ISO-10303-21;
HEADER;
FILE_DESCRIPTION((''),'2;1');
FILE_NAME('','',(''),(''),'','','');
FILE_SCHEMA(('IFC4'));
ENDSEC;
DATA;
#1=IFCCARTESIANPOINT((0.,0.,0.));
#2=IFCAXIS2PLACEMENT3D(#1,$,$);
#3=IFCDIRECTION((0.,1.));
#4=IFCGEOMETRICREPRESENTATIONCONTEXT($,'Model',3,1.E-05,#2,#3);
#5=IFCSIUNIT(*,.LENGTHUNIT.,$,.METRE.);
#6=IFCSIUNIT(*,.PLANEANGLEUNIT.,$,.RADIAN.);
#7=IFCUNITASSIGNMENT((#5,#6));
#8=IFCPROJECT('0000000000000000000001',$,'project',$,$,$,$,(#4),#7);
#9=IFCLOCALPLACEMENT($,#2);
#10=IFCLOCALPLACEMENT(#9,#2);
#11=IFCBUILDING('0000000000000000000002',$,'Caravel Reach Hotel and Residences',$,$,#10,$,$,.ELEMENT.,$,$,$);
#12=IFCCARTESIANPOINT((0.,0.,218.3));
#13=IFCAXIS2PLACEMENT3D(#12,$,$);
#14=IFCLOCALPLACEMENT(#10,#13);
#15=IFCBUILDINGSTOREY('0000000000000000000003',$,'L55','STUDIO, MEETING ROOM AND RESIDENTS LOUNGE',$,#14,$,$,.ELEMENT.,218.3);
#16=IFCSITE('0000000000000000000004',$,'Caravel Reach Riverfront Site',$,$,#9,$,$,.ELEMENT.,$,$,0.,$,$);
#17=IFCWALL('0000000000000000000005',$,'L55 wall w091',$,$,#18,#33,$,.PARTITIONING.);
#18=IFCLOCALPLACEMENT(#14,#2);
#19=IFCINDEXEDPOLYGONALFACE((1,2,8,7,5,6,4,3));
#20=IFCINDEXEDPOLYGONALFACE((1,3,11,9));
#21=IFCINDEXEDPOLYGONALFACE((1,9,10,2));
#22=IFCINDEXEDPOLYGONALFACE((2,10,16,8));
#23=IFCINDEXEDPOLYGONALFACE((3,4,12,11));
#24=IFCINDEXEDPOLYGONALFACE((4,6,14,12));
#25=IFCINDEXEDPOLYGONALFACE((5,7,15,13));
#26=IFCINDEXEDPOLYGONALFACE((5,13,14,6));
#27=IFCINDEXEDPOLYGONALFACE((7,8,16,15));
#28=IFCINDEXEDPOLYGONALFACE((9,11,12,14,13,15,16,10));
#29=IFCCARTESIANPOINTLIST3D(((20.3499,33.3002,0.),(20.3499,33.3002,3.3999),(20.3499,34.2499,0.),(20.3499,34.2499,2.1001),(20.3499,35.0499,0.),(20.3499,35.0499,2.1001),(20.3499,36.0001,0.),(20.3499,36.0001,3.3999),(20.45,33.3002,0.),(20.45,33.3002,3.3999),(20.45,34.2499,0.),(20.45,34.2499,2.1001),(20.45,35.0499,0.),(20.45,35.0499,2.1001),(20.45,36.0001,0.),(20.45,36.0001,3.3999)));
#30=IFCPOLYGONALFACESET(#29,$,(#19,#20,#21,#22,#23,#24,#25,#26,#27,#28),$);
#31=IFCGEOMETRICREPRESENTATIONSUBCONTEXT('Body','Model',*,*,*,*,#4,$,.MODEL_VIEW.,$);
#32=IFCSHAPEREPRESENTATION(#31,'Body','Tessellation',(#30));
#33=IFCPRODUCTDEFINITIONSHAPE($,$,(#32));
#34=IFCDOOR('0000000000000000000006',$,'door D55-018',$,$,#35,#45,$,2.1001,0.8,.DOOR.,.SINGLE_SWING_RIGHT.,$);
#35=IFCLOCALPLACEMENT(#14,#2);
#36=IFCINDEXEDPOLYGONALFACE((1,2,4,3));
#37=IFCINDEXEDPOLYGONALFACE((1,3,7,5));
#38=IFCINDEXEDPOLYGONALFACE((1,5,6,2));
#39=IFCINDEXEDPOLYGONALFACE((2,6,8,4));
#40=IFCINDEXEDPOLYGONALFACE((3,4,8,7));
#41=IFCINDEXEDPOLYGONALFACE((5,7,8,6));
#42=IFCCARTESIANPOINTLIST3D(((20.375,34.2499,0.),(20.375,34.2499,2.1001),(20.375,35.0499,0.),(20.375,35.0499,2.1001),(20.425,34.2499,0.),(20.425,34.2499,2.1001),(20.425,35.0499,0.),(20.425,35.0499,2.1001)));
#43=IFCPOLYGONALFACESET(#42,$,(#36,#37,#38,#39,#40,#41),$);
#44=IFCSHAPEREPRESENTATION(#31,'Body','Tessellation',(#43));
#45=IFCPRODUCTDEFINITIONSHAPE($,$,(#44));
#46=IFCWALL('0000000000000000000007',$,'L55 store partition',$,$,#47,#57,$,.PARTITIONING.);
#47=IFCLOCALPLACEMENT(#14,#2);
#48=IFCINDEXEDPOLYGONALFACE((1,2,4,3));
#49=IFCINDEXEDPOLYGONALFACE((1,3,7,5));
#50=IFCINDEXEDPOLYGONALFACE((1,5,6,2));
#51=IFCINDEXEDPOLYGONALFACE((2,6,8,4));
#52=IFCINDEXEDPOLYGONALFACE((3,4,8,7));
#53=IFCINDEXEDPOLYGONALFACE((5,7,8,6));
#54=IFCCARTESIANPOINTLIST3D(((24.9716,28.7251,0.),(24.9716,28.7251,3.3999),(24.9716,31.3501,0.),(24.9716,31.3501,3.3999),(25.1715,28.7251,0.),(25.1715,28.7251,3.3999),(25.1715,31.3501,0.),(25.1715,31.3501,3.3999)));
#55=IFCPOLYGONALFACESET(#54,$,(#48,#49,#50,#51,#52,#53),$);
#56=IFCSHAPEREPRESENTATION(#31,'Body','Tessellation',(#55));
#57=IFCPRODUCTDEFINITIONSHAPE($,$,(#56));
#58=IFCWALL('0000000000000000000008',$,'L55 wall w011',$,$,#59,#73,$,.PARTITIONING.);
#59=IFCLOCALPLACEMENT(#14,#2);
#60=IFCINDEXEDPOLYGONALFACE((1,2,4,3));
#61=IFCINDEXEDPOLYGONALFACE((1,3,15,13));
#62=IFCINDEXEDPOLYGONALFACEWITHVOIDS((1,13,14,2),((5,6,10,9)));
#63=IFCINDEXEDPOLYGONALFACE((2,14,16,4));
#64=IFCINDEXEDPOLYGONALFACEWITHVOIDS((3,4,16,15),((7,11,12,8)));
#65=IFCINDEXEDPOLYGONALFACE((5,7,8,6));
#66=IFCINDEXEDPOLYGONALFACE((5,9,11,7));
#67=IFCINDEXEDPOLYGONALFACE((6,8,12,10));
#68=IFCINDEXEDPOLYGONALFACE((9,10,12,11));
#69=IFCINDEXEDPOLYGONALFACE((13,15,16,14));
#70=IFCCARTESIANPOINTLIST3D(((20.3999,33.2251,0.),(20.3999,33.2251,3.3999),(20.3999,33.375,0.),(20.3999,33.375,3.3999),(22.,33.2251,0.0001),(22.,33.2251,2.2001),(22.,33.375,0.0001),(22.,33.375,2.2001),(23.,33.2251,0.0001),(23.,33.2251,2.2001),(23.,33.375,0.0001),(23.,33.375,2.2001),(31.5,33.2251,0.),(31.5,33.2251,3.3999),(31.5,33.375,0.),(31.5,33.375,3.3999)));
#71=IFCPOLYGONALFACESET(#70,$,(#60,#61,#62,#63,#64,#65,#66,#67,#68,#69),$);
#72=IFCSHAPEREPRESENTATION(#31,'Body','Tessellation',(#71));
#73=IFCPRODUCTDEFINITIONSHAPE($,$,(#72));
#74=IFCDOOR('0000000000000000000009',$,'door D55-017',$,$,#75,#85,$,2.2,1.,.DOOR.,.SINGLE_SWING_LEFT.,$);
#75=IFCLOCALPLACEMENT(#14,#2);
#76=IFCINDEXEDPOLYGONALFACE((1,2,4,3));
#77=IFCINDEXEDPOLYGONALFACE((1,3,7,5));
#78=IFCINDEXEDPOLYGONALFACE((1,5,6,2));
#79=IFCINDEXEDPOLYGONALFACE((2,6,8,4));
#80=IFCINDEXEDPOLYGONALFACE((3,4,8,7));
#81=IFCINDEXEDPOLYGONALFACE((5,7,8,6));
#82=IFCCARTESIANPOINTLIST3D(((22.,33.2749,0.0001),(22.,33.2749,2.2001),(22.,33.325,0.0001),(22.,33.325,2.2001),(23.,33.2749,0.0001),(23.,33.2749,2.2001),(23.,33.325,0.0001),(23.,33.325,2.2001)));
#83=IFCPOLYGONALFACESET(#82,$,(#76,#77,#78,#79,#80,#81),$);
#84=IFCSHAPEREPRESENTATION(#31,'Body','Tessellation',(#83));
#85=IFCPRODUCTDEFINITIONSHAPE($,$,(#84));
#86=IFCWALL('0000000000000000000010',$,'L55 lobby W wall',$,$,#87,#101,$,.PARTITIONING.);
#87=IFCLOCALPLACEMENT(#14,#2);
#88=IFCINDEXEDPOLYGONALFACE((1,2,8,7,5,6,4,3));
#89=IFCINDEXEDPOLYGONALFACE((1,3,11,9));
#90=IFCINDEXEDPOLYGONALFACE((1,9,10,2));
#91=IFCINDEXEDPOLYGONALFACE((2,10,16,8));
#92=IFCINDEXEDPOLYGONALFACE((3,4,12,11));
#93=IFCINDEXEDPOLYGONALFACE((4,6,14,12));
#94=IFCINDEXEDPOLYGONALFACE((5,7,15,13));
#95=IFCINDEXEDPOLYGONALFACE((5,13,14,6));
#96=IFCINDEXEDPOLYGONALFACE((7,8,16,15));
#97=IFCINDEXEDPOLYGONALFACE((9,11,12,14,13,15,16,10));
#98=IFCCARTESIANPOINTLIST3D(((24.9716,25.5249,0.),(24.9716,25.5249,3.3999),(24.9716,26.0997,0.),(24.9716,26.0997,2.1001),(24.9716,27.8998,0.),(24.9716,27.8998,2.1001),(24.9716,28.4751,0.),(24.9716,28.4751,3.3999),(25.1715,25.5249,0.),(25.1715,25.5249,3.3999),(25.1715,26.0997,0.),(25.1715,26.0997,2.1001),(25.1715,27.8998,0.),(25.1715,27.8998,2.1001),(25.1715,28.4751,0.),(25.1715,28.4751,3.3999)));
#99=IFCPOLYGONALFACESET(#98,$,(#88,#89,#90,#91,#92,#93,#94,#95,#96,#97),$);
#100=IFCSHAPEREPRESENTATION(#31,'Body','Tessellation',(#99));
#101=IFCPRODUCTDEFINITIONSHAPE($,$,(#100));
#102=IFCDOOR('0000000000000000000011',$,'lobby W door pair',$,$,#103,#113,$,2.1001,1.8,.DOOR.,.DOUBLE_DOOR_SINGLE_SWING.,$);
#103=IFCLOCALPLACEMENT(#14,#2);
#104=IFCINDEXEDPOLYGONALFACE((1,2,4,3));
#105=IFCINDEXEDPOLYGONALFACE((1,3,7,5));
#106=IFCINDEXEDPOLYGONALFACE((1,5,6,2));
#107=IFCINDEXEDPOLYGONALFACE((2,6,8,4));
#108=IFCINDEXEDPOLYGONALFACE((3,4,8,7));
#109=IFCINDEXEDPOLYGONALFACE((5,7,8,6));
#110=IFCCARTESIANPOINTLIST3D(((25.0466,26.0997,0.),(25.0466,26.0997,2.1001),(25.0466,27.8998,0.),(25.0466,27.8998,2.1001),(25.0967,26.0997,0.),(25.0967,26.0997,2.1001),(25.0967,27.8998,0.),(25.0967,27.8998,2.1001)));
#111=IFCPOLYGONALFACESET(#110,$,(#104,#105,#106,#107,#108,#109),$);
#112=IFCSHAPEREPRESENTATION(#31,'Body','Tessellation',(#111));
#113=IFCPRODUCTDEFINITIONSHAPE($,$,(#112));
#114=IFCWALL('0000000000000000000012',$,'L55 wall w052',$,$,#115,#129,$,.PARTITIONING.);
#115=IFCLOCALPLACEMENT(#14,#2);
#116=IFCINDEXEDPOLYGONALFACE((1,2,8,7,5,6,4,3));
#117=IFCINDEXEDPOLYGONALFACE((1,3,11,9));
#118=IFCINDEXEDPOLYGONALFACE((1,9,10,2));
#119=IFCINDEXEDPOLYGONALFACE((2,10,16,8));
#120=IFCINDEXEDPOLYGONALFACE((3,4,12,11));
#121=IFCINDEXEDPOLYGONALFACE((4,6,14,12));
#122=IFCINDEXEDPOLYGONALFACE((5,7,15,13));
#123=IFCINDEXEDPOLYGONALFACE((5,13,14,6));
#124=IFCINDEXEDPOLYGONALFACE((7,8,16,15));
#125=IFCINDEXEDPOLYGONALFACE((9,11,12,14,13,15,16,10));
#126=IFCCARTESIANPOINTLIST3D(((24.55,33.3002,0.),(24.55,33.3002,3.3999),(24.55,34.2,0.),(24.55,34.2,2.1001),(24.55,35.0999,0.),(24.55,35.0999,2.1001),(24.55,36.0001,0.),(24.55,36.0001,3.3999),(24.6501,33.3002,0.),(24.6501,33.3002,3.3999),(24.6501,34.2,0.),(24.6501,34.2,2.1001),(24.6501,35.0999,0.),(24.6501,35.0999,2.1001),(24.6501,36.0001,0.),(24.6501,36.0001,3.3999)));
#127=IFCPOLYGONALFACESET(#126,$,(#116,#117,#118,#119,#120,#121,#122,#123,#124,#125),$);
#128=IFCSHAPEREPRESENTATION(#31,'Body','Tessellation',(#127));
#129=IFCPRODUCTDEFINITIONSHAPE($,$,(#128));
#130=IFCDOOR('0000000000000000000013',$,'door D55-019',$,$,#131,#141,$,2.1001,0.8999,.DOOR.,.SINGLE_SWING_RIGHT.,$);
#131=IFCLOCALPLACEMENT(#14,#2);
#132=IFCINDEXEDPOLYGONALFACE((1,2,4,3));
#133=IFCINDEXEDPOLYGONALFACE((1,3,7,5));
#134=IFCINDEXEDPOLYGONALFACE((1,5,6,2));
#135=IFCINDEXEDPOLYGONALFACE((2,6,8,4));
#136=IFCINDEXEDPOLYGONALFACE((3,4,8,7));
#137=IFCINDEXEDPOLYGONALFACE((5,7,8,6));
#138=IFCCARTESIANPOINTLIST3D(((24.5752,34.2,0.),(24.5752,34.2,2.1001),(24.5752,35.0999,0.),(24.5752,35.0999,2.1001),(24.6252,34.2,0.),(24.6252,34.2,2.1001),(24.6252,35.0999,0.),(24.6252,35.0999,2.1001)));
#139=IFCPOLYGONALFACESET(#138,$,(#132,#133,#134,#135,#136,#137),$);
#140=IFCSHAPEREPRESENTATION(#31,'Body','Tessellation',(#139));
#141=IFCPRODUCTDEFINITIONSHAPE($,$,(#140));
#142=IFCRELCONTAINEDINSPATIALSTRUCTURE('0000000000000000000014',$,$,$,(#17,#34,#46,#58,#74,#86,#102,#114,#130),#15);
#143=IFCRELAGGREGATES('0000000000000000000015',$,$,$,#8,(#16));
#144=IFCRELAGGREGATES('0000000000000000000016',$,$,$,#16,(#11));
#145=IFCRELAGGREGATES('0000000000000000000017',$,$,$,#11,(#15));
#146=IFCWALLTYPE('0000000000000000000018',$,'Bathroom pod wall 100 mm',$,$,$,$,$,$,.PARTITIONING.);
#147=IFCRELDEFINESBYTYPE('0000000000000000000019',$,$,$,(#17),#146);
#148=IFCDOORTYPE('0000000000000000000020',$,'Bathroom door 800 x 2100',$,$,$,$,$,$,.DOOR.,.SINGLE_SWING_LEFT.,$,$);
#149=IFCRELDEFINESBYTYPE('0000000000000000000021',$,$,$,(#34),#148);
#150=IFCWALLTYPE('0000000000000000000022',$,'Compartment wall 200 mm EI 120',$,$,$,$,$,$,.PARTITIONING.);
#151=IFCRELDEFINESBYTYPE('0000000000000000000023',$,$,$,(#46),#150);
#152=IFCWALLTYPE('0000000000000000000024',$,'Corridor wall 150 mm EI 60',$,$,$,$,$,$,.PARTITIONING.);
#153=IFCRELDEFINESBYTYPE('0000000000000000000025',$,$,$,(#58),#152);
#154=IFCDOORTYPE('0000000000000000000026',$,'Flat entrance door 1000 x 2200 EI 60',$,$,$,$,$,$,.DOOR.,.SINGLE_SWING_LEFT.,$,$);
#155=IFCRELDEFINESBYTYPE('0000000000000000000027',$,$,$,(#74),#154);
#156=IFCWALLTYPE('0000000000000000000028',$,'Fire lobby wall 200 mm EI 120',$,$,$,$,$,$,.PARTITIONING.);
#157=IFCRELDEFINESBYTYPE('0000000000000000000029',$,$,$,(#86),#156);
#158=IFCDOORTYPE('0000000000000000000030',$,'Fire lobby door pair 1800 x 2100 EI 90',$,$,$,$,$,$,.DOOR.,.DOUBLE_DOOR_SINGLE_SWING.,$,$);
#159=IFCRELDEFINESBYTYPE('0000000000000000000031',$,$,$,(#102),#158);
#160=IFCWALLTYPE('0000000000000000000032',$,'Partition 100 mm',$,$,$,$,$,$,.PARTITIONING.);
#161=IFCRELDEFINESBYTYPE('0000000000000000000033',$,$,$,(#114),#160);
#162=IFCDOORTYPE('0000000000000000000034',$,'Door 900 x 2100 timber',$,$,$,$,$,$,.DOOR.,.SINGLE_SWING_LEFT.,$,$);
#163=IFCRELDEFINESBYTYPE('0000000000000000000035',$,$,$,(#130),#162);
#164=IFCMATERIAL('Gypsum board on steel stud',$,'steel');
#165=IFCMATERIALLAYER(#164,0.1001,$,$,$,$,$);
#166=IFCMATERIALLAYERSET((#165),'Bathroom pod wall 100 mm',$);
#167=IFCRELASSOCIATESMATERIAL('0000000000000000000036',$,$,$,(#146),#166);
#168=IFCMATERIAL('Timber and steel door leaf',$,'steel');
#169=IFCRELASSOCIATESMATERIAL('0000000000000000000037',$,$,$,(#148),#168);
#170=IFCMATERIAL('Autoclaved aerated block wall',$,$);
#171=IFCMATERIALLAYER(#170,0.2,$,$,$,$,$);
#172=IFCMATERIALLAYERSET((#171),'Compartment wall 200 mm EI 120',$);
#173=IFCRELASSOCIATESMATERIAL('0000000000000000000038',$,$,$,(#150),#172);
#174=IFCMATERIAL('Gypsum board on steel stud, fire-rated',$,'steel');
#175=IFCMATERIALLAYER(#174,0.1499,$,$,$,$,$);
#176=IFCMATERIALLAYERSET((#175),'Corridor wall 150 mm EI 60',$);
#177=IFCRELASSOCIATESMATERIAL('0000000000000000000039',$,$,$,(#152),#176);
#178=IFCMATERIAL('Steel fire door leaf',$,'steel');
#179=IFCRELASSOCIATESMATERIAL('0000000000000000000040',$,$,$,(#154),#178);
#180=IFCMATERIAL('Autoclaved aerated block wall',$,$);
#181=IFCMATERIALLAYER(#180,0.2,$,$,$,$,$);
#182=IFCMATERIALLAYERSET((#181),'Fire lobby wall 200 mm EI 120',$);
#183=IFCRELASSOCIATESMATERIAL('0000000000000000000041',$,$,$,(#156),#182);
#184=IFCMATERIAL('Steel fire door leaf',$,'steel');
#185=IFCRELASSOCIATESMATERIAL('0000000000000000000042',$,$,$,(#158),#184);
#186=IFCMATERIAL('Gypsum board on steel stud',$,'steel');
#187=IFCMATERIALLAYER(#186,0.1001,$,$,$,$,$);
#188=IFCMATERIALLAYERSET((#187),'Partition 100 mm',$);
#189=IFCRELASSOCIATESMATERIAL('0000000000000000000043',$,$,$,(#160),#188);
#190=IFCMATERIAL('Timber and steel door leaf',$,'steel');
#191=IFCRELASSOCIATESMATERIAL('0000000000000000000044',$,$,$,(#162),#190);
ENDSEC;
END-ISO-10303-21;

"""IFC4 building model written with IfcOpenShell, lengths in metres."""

from ifc_helpers import new_model, si_unit, direction, frame, frame_2d, origin, place, context, subcontext, project, spatial, rectangle, extrude, material, layer, layer_set, type_object, element, fill, save


model = new_model("IFC4")

# Units and contexts
model_context = context("Model", 3, precision=1e-05, world=origin(), true_north=direction((0.0, 1.0)))
body_context = subcontext(model_context, "Body", "Model", "MODEL_VIEW")
ifc_project = project(units=[si_unit("LENGTHUNIT", "METRE"), si_unit("PLANEANGLEUNIT", "RADIAN")], contexts=[model_context])

# Site, building, storey
site_placement = place(None, origin())
site = spatial("IfcSite", under=ifc_project, at=site_placement, Name="Caravel Reach Riverfront Site", CompositionType="ELEMENT", RefElevation=0.0)
building_placement = place(site_placement, origin())
building = spatial("IfcBuilding", under=site, at=building_placement, Name="Caravel Reach Hotel and Residences", CompositionType="ELEMENT")
storey_placement = place(building_placement, frame((0.0, 0.0, 218.3)))
storey = spatial("IfcBuildingStorey", under=building, at=storey_placement, Name="L55", Description="STUDIO, MEETING ROOM AND RESIDENTS LOUNGE", CompositionType="ELEMENT", Elevation=218.3)

# Wall, opening, door
ifc_material_1 = material(Name="Gypsum board on steel stud", Category="steel")
ifc_layer_1 = layer(ifc_material_1, 0.1001)
ifc_layer_set_1 = layer_set([ifc_layer_1], Name="Bathroom pod wall 100 mm")
wall_type_1 = type_object("IfcWallType", Name="Bathroom pod wall 100 mm", PredefinedType="PARTITIONING", material=ifc_layer_set_1)
wall_1_placement = place(storey_placement, frame((20.3999, 33.3, 0.0), z_axis=(0.0, 0.0, 1.0), x_axis=(0.0, 1.0, 0.0)))
wall_1 = element("IfcWall", 1, at=wall_1_placement, inside=storey, type_object=wall_type_1, Name="L55 wall w091", PredefinedType="PARTITIONING", context=body_context, shape_type="SweptSolid", body=[
    extrude(rectangle(XDim=2.7, YDim=0.1001, at=frame_2d((1.3501, 0.0))), origin(), (0.0, 0.0, 1.0), 3.3999),
])
opening_1_placement = place(wall_1_placement, frame((0.95, 0.0, 0.0)))
opening_1 = element("IfcOpeningElement", 2, at=opening_1_placement, cuts=wall_1, PredefinedType="OPENING", context=body_context, shape_type="SweptSolid", body=[
    extrude(rectangle(XDim=0.8, YDim=2.1001, at=frame_2d((0.3999, 1.05))), frame((0.0, 0.0601, 0.0), z_axis=(0.0, -1.0, 0.0), x_axis=(1.0, 0.0, 0.0)), (0.0, 0.0, 1.0), 0.1201),
])
ifc_material_2 = material(Name="Timber and steel door leaf", Category="steel")
door_type_1 = type_object("IfcDoorType", Name="Bathroom door 800 x 2100", OperationType="SINGLE_SWING_LEFT", PredefinedType="DOOR", material=ifc_material_2)
door_1_placement = place(opening_1_placement, origin())
door_1 = element("IfcDoor", 3, at=door_1_placement, inside=storey, type_object=door_type_1, Name="door D55-018", OperationType="SINGLE_SWING_RIGHT", OverallHeight=2.1001, OverallWidth=0.8, PredefinedType="DOOR", context=body_context, shape_type="SweptSolid", body=[
    extrude(rectangle(XDim=0.8, YDim=2.1001, at=frame_2d((0.3999, 1.05))), frame((0.0, 0.0249, 0.0), z_axis=(0.0, -1.0, 0.0), x_axis=(1.0, 0.0, 0.0)), (0.0, 0.0, 1.0), 0.05),
])
fill(opening_1, door_1)

# Wall
ifc_material_3 = material(Name="Autoclaved aerated block wall")
ifc_layer_2 = layer(ifc_material_3, 0.2)
ifc_layer_set_2 = layer_set([ifc_layer_2], Name="Compartment wall 200 mm EI 120")
wall_type_2 = type_object("IfcWallType", Name="Compartment wall 200 mm EI 120", PredefinedType="PARTITIONING", material=ifc_layer_set_2)
wall_2_placement = place(storey_placement, frame((25.0715, 28.7251, 0.0), z_axis=(0.0, 0.0, 1.0), x_axis=(0.0, 1.0, 0.0)))
element("IfcWall", 4, at=wall_2_placement, inside=storey, type_object=wall_type_2, Name="L55 store partition", PredefinedType="PARTITIONING", context=body_context, shape_type="SweptSolid", body=[
    extrude(rectangle(XDim=2.625, YDim=0.2, at=frame_2d((1.3125, 0.0))), origin(), (0.0, 0.0, 1.0), 3.3999),
])

# Walls, openings, doors
ifc_material_4 = material(Name="Gypsum board on steel stud, fire-rated", Category="steel")
ifc_layer_3 = layer(ifc_material_4, 0.1499)
ifc_layer_set_3 = layer_set([ifc_layer_3], Name="Corridor wall 150 mm EI 60")
wall_type_3 = type_object("IfcWallType", Name="Corridor wall 150 mm EI 60", PredefinedType="PARTITIONING", material=ifc_layer_set_3)
wall_3_placement = place(storey_placement, frame((20.3999, 33.3, 0.0), z_axis=(0.0, 0.0, 1.0), x_axis=(1.0, 0.0, 0.0)))
wall_3 = element("IfcWall", 5, at=wall_3_placement, inside=storey, type_object=wall_type_3, Name="L55 wall w011", PredefinedType="PARTITIONING", context=body_context, shape_type="SweptSolid", body=[
    extrude(rectangle(XDim=11.1001, YDim=0.1499, at=frame_2d((5.55, 0.0))), origin(), (0.0, 0.0, 1.0), 3.3999),
])
opening_2_placement = place(wall_3_placement, frame((1.6001, 0.0, 0.0)))
opening_2 = element("IfcOpeningElement", 6, at=opening_2_placement, cuts=wall_3, PredefinedType="OPENING", context=body_context, shape_type="SweptSolid", body=[
    extrude(rectangle(XDim=1.0, YDim=2.2, at=frame_2d((0.5, 1.1001))), frame((0.0, 0.085, 0.0), z_axis=(0.0, -1.0, 0.0), x_axis=(1.0, 0.0, 0.0)), (0.0, 0.0, 1.0), 0.1699),
])
ifc_material_5 = material(Name="Steel fire door leaf", Category="steel")
door_type_2 = type_object("IfcDoorType", Name="Flat entrance door 1000 x 2200 EI 60", OperationType="SINGLE_SWING_LEFT", PredefinedType="DOOR", material=ifc_material_5)
door_2_placement = place(opening_2_placement, origin())
door_2 = element("IfcDoor", 7, at=door_2_placement, inside=storey, type_object=door_type_2, Name="door D55-017", OperationType="SINGLE_SWING_LEFT", OverallHeight=2.2, OverallWidth=1.0, PredefinedType="DOOR", context=body_context, shape_type="SweptSolid", body=[
    extrude(rectangle(XDim=1.0, YDim=2.2, at=frame_2d((0.5, 1.1001))), frame((0.0, 0.0249, 0.0), z_axis=(0.0, -1.0, 0.0), x_axis=(1.0, 0.0, 0.0)), (0.0, 0.0, 1.0), 0.05),
])
fill(opening_2, door_2)
ifc_material_6 = material(Name="Autoclaved aerated block wall")
ifc_layer_4 = layer(ifc_material_6, 0.2)
ifc_layer_set_4 = layer_set([ifc_layer_4], Name="Fire lobby wall 200 mm EI 120")
wall_type_4 = type_object("IfcWallType", Name="Fire lobby wall 200 mm EI 120", PredefinedType="PARTITIONING", material=ifc_layer_set_4)
wall_4_placement = place(storey_placement, frame((25.0715, 25.5249, 0.0), z_axis=(0.0, 0.0, 1.0), x_axis=(0.0, 1.0, 0.0)))
wall_4 = element("IfcWall", 8, at=wall_4_placement, inside=storey, type_object=wall_type_4, Name="L55 lobby W wall", PredefinedType="PARTITIONING", context=body_context, shape_type="SweptSolid", body=[
    extrude(rectangle(XDim=2.9502, YDim=0.2, at=frame_2d((1.4751, 0.0))), origin(), (0.0, 0.0, 1.0), 3.3999),
])
opening_3_placement = place(wall_4_placement, frame((0.575, 0.0, 0.0)))
opening_3 = element("IfcOpeningElement", 9, at=opening_3_placement, cuts=wall_4, PredefinedType="OPENING", context=body_context, shape_type="SweptSolid", body=[
    extrude(rectangle(XDim=1.8, YDim=2.1001, at=frame_2d((0.8999, 1.05))), frame((0.0, 0.1099, 0.0), z_axis=(0.0, -1.0, 0.0), x_axis=(1.0, 0.0, 0.0)), (0.0, 0.0, 1.0), 0.22),
])
ifc_material_7 = material(Name="Steel fire door leaf", Category="steel")
door_type_3 = type_object("IfcDoorType", Name="Fire lobby door pair 1800 x 2100 EI 90", OperationType="DOUBLE_DOOR_SINGLE_SWING", PredefinedType="DOOR", material=ifc_material_7)
door_3_placement = place(opening_3_placement, origin())
door_3 = element("IfcDoor", 10, at=door_3_placement, inside=storey, type_object=door_type_3, Name="lobby W door pair", OperationType="DOUBLE_DOOR_SINGLE_SWING", OverallHeight=2.1001, OverallWidth=1.8, PredefinedType="DOOR", context=body_context, shape_type="SweptSolid", body=[
    extrude(rectangle(XDim=1.8, YDim=2.1001, at=frame_2d((0.8999, 1.05))), frame((0.0, 0.0249, 0.0), z_axis=(0.0, -1.0, 0.0), x_axis=(1.0, 0.0, 0.0)), (0.0, 0.0, 1.0), 0.05),
])
fill(opening_3, door_3)
ifc_material_8 = material(Name="Gypsum board on steel stud", Category="steel")
ifc_layer_5 = layer(ifc_material_8, 0.1001)
ifc_layer_set_5 = layer_set([ifc_layer_5], Name="Partition 100 mm")
wall_type_5 = type_object("IfcWallType", Name="Partition 100 mm", PredefinedType="PARTITIONING", material=ifc_layer_set_5)
wall_5_placement = place(storey_placement, frame((24.6001, 33.3, 0.0), z_axis=(0.0, 0.0, 1.0), x_axis=(0.0, 1.0, 0.0)))
wall_5 = element("IfcWall", 11, at=wall_5_placement, inside=storey, type_object=wall_type_5, Name="L55 wall w052", PredefinedType="PARTITIONING", context=body_context, shape_type="SweptSolid", body=[
    extrude(rectangle(XDim=2.7, YDim=0.1001, at=frame_2d((1.3501, 0.0))), origin(), (0.0, 0.0, 1.0), 3.3999),
])
opening_4_placement = place(wall_5_placement, frame((0.8999, 0.0, 0.0)))
opening_4 = element("IfcOpeningElement", 12, at=opening_4_placement, cuts=wall_5, PredefinedType="OPENING", context=body_context, shape_type="SweptSolid", body=[
    extrude(rectangle(XDim=0.8999, YDim=2.1001, at=frame_2d((0.45, 1.05))), frame((0.0, 0.0601, 0.0), z_axis=(0.0, -1.0, 0.0), x_axis=(1.0, 0.0, 0.0)), (0.0, 0.0, 1.0), 0.1201),
])
ifc_material_9 = material(Name="Timber and steel door leaf", Category="steel")
door_type_4 = type_object("IfcDoorType", Name="Door 900 x 2100 timber", OperationType="SINGLE_SWING_LEFT", PredefinedType="DOOR", material=ifc_material_9)
door_4_placement = place(opening_4_placement, origin())
door_4 = element("IfcDoor", 13, at=door_4_placement, inside=storey, type_object=door_type_4, Name="door D55-019", OperationType="SINGLE_SWING_RIGHT", OverallHeight=2.1001, OverallWidth=0.8999, PredefinedType="DOOR", context=body_context, shape_type="SweptSolid", body=[
    extrude(rectangle(XDim=0.8999, YDim=2.1001, at=frame_2d((0.45, 1.05))), frame((0.0, 0.0249, 0.0), z_axis=(0.0, -1.0, 0.0), x_axis=(1.0, 0.0, 0.0)), (0.0, 0.0, 1.0), 0.05),
])
fill(opening_4, door_4)

save(model, "model.ifc")
